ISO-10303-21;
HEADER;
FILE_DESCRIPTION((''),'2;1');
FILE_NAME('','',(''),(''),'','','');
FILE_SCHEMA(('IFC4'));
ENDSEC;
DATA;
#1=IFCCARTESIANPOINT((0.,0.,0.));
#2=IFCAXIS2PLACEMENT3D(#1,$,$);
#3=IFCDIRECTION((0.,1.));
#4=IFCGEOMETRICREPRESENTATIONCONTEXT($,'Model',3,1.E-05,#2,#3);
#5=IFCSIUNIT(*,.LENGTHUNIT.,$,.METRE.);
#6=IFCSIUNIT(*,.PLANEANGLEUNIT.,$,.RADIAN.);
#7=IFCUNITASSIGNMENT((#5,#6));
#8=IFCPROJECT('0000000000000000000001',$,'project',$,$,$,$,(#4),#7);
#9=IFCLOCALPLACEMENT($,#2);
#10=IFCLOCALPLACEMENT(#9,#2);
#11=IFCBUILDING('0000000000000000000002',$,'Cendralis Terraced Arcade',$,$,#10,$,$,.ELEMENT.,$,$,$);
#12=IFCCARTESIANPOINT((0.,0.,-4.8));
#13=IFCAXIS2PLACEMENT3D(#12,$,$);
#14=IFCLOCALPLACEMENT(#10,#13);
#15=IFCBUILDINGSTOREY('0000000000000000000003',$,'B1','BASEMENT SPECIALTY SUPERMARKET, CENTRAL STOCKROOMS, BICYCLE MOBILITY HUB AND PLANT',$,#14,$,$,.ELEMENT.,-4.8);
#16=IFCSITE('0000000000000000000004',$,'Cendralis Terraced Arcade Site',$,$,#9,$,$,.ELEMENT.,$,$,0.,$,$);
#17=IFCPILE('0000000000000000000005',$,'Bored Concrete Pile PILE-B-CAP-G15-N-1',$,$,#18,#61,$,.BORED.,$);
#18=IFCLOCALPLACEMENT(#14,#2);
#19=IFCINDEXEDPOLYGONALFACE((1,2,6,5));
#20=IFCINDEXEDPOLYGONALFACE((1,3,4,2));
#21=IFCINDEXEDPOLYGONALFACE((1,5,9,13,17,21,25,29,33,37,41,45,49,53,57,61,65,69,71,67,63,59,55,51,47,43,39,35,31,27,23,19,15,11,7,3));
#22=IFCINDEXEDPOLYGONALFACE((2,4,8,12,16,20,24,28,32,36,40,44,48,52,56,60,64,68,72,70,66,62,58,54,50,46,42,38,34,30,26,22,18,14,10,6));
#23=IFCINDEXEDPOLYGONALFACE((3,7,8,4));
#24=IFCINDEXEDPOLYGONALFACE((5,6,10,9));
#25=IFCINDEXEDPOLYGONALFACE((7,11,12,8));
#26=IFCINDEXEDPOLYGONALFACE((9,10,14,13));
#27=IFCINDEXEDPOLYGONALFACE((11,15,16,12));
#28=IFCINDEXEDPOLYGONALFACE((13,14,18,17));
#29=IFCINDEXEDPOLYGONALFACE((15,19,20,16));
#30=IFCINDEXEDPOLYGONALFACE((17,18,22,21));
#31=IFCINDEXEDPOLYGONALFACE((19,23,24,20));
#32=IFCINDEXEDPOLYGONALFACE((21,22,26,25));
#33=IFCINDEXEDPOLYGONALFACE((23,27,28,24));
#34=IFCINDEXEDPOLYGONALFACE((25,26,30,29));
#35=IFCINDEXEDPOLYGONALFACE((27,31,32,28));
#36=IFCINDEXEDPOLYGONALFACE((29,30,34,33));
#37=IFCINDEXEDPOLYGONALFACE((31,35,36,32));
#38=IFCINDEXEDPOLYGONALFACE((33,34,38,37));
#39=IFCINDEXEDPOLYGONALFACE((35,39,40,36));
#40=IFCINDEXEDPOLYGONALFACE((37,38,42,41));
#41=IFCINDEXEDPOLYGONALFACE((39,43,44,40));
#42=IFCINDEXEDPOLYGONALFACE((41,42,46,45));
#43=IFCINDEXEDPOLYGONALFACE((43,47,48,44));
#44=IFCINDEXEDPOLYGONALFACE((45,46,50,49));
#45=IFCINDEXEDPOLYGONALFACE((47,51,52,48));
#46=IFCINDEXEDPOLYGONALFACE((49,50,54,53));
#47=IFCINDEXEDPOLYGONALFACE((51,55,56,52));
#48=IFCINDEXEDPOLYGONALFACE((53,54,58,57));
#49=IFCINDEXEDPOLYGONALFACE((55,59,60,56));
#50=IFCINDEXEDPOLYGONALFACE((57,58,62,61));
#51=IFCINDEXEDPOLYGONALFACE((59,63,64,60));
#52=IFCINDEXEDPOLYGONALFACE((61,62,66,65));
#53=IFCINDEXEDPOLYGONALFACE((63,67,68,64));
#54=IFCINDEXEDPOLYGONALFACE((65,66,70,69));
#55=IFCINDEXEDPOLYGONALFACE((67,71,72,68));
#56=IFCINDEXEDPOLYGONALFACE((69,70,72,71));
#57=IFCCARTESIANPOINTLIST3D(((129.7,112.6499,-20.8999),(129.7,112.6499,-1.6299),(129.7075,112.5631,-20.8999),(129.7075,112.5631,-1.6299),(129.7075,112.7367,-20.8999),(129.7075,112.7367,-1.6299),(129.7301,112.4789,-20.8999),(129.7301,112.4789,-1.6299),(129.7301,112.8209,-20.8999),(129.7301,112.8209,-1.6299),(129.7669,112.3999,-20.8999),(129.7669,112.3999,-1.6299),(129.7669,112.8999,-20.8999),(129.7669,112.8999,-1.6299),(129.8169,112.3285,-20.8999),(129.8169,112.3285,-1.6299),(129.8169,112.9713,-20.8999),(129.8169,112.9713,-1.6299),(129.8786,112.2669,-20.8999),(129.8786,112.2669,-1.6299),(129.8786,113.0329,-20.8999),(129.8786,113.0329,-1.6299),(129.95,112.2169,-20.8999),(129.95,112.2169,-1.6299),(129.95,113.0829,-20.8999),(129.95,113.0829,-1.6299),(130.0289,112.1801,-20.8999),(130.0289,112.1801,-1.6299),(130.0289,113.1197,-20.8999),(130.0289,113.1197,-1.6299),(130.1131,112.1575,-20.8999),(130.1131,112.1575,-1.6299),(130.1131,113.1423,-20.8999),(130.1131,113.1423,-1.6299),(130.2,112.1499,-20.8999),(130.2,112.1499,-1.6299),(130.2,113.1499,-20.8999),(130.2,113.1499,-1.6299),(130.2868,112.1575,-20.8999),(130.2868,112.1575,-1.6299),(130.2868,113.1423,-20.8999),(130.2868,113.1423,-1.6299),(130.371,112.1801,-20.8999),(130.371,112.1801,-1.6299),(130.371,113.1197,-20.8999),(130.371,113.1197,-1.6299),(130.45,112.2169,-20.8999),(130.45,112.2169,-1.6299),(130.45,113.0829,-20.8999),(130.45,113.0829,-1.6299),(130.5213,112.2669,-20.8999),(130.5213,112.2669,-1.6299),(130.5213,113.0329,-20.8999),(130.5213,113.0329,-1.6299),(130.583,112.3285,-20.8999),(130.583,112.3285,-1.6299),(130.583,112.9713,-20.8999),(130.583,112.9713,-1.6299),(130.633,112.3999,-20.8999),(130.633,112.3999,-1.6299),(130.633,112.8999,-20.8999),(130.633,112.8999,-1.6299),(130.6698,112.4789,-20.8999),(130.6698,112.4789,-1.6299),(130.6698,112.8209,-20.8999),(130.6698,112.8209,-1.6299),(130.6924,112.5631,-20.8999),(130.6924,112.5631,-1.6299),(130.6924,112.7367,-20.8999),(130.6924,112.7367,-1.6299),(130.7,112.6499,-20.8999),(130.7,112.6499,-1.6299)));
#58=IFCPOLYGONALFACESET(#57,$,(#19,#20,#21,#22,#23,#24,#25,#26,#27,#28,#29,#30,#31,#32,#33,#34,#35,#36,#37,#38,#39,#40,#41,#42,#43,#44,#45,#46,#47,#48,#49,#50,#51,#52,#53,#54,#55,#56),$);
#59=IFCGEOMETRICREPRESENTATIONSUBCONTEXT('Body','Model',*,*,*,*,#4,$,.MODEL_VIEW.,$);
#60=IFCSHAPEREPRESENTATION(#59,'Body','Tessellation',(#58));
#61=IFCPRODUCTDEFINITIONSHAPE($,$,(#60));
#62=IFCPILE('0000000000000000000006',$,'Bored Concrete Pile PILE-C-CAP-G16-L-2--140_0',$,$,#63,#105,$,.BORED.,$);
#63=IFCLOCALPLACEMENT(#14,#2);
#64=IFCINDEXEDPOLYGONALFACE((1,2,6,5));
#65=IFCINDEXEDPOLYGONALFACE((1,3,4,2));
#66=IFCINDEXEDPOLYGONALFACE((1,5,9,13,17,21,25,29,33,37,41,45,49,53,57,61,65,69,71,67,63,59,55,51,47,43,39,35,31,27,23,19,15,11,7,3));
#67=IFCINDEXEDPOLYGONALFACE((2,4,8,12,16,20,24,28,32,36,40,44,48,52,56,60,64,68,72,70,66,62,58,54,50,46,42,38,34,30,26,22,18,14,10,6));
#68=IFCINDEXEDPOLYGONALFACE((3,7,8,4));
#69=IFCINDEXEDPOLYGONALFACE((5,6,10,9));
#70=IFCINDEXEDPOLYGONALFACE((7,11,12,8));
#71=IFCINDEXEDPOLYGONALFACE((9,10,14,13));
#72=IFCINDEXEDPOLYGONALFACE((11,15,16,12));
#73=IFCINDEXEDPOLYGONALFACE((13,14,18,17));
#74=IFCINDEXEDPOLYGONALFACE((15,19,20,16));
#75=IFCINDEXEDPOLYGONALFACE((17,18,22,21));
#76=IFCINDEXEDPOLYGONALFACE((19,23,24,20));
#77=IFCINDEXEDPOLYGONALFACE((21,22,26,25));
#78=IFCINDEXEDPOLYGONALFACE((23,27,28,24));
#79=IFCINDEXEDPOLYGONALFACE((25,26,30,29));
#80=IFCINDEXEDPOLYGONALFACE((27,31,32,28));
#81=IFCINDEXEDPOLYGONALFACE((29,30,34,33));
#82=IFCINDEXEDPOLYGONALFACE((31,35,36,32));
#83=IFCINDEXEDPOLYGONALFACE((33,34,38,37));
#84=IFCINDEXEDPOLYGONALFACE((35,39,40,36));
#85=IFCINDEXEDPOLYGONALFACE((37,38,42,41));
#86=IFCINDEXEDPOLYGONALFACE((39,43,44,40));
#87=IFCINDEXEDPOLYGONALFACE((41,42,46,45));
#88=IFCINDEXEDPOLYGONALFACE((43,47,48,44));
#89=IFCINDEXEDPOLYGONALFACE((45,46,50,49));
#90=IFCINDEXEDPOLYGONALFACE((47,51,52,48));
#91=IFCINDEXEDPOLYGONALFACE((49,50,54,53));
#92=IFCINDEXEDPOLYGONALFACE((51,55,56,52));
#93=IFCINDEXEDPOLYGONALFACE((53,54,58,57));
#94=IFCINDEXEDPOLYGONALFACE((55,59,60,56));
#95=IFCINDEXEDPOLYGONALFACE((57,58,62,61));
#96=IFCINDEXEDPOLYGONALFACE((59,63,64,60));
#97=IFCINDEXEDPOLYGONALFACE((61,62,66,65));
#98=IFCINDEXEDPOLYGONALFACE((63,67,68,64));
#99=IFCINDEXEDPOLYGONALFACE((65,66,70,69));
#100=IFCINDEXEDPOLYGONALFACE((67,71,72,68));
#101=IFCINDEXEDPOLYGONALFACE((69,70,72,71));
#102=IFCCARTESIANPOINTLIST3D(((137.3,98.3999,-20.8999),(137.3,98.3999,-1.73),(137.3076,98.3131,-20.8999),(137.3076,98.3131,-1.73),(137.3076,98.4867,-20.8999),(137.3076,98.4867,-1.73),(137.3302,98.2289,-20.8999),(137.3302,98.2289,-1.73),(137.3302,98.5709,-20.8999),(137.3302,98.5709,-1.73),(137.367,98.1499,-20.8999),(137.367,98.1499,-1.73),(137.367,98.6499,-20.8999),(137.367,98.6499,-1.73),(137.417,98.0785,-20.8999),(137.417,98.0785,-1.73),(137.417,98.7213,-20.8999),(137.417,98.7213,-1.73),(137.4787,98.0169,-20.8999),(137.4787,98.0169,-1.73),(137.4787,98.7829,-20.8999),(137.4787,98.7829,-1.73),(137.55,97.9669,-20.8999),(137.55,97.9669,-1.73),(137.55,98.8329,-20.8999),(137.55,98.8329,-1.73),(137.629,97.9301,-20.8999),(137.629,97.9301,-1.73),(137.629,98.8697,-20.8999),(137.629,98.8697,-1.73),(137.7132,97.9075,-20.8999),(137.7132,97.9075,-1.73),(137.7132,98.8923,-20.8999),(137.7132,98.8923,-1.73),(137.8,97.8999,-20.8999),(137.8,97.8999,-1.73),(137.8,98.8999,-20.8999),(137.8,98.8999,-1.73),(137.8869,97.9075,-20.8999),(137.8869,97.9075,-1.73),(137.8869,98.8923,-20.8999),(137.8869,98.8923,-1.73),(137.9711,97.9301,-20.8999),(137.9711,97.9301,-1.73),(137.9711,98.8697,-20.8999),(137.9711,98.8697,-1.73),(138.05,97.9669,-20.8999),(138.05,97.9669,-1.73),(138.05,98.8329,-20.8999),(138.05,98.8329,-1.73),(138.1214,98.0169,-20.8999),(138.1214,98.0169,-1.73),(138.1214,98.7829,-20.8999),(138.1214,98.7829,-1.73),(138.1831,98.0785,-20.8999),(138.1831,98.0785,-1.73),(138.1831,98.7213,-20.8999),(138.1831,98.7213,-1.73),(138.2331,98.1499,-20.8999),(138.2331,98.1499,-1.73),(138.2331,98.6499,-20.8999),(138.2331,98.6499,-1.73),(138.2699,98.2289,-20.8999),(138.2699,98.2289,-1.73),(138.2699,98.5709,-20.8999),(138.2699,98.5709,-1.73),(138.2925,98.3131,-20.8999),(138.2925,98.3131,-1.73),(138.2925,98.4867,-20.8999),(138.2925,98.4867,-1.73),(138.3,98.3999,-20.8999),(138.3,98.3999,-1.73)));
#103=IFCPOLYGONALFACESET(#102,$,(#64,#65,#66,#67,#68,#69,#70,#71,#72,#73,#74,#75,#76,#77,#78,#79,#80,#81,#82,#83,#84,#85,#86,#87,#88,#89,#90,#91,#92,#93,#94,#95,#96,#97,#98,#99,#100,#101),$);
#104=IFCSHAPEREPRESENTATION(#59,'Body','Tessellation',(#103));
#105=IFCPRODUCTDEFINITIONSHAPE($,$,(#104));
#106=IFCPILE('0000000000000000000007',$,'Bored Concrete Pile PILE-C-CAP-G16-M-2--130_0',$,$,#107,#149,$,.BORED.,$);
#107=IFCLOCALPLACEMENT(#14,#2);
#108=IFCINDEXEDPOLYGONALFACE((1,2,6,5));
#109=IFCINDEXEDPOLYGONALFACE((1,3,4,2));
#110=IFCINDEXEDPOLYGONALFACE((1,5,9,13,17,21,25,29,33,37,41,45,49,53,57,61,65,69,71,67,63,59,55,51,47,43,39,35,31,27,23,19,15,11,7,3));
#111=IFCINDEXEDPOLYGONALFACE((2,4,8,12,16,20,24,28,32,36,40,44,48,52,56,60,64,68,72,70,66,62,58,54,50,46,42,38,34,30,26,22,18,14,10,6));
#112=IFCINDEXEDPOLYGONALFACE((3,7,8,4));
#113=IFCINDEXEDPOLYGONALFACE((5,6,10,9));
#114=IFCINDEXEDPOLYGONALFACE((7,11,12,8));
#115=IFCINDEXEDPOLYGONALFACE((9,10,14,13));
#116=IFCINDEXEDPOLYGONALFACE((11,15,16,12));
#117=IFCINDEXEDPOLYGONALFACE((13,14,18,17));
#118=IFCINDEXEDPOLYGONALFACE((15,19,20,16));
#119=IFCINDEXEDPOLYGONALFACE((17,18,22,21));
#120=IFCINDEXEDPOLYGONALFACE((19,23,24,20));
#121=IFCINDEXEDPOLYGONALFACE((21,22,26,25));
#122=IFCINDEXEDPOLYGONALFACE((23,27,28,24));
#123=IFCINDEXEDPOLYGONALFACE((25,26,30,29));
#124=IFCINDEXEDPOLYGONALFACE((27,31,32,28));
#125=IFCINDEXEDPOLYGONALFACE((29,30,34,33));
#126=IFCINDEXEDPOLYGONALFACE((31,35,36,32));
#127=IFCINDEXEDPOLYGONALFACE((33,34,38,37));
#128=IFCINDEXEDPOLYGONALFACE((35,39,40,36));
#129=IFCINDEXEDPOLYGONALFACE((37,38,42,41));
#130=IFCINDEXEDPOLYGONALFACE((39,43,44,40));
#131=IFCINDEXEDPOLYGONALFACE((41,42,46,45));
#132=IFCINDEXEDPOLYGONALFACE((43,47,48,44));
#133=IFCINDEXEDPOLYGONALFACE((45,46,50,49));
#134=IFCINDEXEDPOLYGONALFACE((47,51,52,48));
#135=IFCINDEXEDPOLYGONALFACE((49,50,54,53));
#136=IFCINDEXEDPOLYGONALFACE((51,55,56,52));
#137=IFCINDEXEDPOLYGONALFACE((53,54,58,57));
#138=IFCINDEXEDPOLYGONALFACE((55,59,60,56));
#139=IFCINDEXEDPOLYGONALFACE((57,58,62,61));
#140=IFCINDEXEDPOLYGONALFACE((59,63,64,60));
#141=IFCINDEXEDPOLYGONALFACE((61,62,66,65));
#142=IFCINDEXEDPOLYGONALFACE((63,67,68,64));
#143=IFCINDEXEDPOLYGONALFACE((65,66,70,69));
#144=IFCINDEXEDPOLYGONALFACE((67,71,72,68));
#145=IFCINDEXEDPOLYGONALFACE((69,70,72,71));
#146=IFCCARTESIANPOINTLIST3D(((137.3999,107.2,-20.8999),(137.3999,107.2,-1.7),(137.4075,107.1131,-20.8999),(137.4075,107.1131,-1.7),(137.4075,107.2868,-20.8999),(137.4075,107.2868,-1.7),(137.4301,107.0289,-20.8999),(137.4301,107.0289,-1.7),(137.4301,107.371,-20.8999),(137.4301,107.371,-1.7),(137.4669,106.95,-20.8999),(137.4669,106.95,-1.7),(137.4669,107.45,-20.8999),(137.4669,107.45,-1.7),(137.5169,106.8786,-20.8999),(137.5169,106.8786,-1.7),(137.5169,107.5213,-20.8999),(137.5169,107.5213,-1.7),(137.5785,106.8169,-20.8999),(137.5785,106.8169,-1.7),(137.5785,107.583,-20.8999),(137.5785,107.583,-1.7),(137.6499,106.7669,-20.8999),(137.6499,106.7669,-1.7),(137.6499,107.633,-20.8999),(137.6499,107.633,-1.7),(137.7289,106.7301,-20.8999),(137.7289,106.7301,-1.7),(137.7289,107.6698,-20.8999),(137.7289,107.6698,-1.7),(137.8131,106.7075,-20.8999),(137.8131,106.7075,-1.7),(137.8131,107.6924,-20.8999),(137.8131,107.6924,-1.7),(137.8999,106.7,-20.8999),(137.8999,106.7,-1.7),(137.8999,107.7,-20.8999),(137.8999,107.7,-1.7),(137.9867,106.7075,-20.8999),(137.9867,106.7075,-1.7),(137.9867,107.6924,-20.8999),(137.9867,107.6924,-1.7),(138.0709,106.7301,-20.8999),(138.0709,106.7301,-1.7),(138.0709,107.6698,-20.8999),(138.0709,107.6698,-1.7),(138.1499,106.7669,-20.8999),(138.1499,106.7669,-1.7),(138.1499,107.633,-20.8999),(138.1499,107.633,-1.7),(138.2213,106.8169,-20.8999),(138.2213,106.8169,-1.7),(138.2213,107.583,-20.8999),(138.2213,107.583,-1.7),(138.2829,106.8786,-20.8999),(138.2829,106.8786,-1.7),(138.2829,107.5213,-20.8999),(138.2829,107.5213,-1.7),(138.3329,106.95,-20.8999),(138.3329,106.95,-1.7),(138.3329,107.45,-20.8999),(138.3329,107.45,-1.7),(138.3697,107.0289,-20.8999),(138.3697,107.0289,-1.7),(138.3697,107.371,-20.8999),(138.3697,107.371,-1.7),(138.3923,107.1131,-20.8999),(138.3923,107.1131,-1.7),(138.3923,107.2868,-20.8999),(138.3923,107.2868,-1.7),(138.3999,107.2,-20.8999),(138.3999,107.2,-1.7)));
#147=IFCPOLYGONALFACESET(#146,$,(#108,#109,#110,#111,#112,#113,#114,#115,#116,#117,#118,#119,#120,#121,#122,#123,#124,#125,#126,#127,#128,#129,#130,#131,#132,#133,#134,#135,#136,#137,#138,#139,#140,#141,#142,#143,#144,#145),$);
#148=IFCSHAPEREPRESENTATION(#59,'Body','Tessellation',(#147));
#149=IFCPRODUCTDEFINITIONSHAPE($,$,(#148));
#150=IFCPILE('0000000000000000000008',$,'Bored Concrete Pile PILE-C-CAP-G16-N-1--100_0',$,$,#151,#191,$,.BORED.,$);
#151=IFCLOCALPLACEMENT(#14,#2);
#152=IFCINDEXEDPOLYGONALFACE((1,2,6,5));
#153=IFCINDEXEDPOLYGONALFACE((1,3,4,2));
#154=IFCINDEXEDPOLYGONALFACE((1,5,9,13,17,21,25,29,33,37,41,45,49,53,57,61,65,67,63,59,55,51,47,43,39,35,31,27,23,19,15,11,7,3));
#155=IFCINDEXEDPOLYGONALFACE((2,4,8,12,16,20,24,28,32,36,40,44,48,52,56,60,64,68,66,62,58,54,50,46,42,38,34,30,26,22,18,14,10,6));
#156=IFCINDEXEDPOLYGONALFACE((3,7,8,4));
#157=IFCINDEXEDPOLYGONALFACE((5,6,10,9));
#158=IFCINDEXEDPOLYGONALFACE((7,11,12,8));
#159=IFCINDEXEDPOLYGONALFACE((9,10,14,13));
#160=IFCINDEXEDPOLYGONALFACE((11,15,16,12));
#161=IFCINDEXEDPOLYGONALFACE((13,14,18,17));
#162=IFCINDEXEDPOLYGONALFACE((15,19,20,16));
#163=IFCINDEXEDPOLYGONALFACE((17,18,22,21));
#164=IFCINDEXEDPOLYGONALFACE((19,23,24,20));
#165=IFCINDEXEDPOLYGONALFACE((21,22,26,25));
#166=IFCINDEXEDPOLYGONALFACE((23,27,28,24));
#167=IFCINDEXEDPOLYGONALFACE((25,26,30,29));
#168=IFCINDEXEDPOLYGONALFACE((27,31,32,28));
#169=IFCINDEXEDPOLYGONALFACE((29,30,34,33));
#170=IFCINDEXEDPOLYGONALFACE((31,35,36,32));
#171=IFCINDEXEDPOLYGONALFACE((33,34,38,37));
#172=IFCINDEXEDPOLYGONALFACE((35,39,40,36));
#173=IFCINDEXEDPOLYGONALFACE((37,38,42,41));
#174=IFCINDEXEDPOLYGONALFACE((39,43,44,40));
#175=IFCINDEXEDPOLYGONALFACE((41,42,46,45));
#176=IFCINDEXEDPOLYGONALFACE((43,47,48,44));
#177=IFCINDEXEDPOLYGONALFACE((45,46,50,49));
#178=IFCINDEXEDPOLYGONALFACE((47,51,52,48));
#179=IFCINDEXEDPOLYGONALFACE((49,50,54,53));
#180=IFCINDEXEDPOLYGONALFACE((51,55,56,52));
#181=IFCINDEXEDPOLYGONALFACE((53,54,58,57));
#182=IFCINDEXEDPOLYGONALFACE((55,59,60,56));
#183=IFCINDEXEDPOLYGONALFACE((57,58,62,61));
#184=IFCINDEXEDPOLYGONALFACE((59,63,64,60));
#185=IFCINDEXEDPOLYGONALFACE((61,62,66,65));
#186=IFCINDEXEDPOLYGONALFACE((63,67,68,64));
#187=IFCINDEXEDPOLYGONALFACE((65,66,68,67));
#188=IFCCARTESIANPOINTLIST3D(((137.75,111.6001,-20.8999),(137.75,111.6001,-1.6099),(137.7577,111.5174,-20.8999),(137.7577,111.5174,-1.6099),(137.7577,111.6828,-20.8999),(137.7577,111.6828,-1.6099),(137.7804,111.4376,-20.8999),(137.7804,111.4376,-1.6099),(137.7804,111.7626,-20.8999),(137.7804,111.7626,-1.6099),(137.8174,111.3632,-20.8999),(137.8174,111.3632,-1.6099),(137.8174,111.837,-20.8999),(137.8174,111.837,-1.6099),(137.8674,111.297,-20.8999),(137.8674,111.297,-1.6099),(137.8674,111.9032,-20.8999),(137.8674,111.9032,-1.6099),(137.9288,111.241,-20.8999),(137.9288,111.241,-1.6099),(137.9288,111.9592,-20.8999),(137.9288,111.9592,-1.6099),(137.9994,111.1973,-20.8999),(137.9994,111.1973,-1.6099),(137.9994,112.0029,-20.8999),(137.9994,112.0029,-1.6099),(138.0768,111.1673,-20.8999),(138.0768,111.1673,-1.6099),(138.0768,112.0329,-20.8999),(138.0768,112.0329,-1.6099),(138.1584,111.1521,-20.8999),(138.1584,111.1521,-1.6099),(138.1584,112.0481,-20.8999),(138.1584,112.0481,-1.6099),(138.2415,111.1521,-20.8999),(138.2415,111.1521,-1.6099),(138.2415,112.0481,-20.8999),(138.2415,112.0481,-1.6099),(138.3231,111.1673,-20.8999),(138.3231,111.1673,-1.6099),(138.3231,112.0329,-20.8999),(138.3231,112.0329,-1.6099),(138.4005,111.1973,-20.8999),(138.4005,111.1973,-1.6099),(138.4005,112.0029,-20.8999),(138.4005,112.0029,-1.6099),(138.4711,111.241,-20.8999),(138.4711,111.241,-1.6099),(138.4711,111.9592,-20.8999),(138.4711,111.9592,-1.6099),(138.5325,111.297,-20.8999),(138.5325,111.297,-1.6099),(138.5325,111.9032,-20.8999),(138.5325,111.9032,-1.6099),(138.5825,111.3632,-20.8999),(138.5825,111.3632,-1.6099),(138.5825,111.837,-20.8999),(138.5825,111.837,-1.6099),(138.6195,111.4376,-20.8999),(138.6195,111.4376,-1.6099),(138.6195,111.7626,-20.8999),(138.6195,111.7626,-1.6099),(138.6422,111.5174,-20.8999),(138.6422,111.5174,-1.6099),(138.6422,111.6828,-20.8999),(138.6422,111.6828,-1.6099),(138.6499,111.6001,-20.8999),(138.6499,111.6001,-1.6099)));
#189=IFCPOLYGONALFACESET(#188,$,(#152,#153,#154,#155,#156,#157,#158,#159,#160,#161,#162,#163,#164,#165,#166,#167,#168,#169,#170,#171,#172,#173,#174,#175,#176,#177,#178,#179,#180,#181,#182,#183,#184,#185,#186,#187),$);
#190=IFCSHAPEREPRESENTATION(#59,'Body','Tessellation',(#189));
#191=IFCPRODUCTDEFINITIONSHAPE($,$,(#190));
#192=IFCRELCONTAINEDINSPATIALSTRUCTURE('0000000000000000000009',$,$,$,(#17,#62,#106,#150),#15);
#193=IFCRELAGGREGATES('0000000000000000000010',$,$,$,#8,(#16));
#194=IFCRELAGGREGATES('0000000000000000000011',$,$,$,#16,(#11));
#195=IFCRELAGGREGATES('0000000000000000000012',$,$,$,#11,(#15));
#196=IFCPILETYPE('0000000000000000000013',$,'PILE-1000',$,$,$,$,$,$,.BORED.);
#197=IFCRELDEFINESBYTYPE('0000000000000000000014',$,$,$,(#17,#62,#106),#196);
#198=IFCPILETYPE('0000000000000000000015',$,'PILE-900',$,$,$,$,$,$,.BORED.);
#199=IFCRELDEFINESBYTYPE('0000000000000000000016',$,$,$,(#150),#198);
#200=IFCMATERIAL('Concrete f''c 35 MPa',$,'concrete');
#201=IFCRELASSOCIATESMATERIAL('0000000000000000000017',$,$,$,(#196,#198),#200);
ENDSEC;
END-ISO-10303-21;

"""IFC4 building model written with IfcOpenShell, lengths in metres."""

from ifc_helpers import new_model, si_unit, direction, frame, origin, origin_2d, place, context, subcontext, project, spatial, circle, extrude, material, material_profile, profile_set, type_object, element, save


model = new_model("IFC4")

# Units and contexts
model_context = context("Model", 3, precision=1e-05, world=origin(), true_north=direction((0.0, 1.0)))
body_context = subcontext(model_context, "Body", "Model", "MODEL_VIEW")
ifc_project = project(units=[si_unit("LENGTHUNIT", "METRE"), si_unit("PLANEANGLEUNIT", "RADIAN")], contexts=[model_context])

# Site, building, storey
site_placement = place(None, origin())
site = spatial("IfcSite", under=ifc_project, at=site_placement, Name="Cendralis Terraced Arcade Site", CompositionType="ELEMENT", RefElevation=0.0)
building_placement = place(site_placement, origin())
building = spatial("IfcBuilding", under=site, at=building_placement, Name="Cendralis Terraced Arcade", CompositionType="ELEMENT")
storey_placement = place(building_placement, frame((0.0, 0.0, -4.8)))
storey = spatial("IfcBuildingStorey", under=building, at=storey_placement, Name="B1", Description="BASEMENT SPECIALTY SUPERMARKET, CENTRAL STOCKROOMS, BICYCLE MOBILITY HUB AND PLANT", CompositionType="ELEMENT", Elevation=-4.8)

# Shared definitions
ifc_material_1 = material(Name="Concrete f'c 35 MPa", Category="concrete")

# Piles
ifc_material_profile_1 = material_profile(ifc_material_1, circle(Radius=0.5, at=origin_2d()), Name="PILE-D1000", Category="LoadBearing")
ifc_profile_set_1 = profile_set([ifc_material_profile_1], Name="Concrete f'c 35 MPa")
pile_type_1 = type_object("IfcPileType", Name="PILE-1000", PredefinedType="BORED", material=ifc_profile_set_1)
for number, where, z_axis, x_axis, name in (
    (1, (130.2, 112.6499, -1.6299), (0.0, 0.0, -1.0), (1.0, 0.0, 0.0), "Bored Concrete Pile PILE-B-CAP-G15-N-1"),
):
    element("IfcPile", number, at=place(storey_placement, frame(where, z_axis=z_axis, x_axis=x_axis)), inside=storey, type_object=pile_type_1, Name=name, PredefinedType="BORED", context=body_context, shape_type="SweptSolid", body=[
        extrude(circle(Radius=0.5, at=origin_2d()), origin(), (0.0, 0.0, 1.0), 19.27),
    ])
pile_1_placement = place(storey_placement, frame((137.8, 98.3999, -1.73), z_axis=(0.0, 0.0, -1.0), x_axis=(1.0, 0.0, 0.0)))
element("IfcPile", 2, at=pile_1_placement, inside=storey, type_object=pile_type_1, Name="Bored Concrete Pile PILE-C-CAP-G16-L-2--140_0", PredefinedType="BORED", context=body_context, shape_type="SweptSolid", body=[
    extrude(circle(Radius=0.5, at=origin_2d()), origin(), (0.0, 0.0, 1.0), 19.1699),
])
pile_2_placement = place(storey_placement, frame((137.8999, 107.2, -1.7), z_axis=(0.0, 0.0, -1.0), x_axis=(1.0, 0.0, 0.0)))
element("IfcPile", 3, at=pile_2_placement, inside=storey, type_object=pile_type_1, Name="Bored Concrete Pile PILE-C-CAP-G16-M-2--130_0", PredefinedType="BORED", context=body_context, shape_type="SweptSolid", body=[
    extrude(circle(Radius=0.5, at=origin_2d()), origin(), (0.0, 0.0, 1.0), 19.2),
])
ifc_material_profile_2 = material_profile(ifc_material_1, circle(Radius=0.45, at=origin_2d()), Name="PILE-D900", Category="LoadBearing")
ifc_profile_set_2 = profile_set([ifc_material_profile_2], Name="Concrete f'c 35 MPa")
pile_type_2 = type_object("IfcPileType", Name="PILE-900", PredefinedType="BORED", material=ifc_profile_set_2)
for number, where, z_axis, x_axis, name in (
    (4, (138.2, 111.6001, -1.6099), (0.0, 0.0, -1.0), (1.0, 0.0, 0.0), "Bored Concrete Pile PILE-C-CAP-G16-N-1--100_0"),
):
    element("IfcPile", number, at=place(storey_placement, frame(where, z_axis=z_axis, x_axis=x_axis)), inside=storey, type_object=pile_type_2, Name=name, PredefinedType="BORED", context=body_context, shape_type="SweptSolid", body=[
        extrude(circle(Radius=0.45, at=origin_2d()), origin(), (0.0, 0.0, 1.0), 19.29),
    ])

save(model, "model.ifc")
